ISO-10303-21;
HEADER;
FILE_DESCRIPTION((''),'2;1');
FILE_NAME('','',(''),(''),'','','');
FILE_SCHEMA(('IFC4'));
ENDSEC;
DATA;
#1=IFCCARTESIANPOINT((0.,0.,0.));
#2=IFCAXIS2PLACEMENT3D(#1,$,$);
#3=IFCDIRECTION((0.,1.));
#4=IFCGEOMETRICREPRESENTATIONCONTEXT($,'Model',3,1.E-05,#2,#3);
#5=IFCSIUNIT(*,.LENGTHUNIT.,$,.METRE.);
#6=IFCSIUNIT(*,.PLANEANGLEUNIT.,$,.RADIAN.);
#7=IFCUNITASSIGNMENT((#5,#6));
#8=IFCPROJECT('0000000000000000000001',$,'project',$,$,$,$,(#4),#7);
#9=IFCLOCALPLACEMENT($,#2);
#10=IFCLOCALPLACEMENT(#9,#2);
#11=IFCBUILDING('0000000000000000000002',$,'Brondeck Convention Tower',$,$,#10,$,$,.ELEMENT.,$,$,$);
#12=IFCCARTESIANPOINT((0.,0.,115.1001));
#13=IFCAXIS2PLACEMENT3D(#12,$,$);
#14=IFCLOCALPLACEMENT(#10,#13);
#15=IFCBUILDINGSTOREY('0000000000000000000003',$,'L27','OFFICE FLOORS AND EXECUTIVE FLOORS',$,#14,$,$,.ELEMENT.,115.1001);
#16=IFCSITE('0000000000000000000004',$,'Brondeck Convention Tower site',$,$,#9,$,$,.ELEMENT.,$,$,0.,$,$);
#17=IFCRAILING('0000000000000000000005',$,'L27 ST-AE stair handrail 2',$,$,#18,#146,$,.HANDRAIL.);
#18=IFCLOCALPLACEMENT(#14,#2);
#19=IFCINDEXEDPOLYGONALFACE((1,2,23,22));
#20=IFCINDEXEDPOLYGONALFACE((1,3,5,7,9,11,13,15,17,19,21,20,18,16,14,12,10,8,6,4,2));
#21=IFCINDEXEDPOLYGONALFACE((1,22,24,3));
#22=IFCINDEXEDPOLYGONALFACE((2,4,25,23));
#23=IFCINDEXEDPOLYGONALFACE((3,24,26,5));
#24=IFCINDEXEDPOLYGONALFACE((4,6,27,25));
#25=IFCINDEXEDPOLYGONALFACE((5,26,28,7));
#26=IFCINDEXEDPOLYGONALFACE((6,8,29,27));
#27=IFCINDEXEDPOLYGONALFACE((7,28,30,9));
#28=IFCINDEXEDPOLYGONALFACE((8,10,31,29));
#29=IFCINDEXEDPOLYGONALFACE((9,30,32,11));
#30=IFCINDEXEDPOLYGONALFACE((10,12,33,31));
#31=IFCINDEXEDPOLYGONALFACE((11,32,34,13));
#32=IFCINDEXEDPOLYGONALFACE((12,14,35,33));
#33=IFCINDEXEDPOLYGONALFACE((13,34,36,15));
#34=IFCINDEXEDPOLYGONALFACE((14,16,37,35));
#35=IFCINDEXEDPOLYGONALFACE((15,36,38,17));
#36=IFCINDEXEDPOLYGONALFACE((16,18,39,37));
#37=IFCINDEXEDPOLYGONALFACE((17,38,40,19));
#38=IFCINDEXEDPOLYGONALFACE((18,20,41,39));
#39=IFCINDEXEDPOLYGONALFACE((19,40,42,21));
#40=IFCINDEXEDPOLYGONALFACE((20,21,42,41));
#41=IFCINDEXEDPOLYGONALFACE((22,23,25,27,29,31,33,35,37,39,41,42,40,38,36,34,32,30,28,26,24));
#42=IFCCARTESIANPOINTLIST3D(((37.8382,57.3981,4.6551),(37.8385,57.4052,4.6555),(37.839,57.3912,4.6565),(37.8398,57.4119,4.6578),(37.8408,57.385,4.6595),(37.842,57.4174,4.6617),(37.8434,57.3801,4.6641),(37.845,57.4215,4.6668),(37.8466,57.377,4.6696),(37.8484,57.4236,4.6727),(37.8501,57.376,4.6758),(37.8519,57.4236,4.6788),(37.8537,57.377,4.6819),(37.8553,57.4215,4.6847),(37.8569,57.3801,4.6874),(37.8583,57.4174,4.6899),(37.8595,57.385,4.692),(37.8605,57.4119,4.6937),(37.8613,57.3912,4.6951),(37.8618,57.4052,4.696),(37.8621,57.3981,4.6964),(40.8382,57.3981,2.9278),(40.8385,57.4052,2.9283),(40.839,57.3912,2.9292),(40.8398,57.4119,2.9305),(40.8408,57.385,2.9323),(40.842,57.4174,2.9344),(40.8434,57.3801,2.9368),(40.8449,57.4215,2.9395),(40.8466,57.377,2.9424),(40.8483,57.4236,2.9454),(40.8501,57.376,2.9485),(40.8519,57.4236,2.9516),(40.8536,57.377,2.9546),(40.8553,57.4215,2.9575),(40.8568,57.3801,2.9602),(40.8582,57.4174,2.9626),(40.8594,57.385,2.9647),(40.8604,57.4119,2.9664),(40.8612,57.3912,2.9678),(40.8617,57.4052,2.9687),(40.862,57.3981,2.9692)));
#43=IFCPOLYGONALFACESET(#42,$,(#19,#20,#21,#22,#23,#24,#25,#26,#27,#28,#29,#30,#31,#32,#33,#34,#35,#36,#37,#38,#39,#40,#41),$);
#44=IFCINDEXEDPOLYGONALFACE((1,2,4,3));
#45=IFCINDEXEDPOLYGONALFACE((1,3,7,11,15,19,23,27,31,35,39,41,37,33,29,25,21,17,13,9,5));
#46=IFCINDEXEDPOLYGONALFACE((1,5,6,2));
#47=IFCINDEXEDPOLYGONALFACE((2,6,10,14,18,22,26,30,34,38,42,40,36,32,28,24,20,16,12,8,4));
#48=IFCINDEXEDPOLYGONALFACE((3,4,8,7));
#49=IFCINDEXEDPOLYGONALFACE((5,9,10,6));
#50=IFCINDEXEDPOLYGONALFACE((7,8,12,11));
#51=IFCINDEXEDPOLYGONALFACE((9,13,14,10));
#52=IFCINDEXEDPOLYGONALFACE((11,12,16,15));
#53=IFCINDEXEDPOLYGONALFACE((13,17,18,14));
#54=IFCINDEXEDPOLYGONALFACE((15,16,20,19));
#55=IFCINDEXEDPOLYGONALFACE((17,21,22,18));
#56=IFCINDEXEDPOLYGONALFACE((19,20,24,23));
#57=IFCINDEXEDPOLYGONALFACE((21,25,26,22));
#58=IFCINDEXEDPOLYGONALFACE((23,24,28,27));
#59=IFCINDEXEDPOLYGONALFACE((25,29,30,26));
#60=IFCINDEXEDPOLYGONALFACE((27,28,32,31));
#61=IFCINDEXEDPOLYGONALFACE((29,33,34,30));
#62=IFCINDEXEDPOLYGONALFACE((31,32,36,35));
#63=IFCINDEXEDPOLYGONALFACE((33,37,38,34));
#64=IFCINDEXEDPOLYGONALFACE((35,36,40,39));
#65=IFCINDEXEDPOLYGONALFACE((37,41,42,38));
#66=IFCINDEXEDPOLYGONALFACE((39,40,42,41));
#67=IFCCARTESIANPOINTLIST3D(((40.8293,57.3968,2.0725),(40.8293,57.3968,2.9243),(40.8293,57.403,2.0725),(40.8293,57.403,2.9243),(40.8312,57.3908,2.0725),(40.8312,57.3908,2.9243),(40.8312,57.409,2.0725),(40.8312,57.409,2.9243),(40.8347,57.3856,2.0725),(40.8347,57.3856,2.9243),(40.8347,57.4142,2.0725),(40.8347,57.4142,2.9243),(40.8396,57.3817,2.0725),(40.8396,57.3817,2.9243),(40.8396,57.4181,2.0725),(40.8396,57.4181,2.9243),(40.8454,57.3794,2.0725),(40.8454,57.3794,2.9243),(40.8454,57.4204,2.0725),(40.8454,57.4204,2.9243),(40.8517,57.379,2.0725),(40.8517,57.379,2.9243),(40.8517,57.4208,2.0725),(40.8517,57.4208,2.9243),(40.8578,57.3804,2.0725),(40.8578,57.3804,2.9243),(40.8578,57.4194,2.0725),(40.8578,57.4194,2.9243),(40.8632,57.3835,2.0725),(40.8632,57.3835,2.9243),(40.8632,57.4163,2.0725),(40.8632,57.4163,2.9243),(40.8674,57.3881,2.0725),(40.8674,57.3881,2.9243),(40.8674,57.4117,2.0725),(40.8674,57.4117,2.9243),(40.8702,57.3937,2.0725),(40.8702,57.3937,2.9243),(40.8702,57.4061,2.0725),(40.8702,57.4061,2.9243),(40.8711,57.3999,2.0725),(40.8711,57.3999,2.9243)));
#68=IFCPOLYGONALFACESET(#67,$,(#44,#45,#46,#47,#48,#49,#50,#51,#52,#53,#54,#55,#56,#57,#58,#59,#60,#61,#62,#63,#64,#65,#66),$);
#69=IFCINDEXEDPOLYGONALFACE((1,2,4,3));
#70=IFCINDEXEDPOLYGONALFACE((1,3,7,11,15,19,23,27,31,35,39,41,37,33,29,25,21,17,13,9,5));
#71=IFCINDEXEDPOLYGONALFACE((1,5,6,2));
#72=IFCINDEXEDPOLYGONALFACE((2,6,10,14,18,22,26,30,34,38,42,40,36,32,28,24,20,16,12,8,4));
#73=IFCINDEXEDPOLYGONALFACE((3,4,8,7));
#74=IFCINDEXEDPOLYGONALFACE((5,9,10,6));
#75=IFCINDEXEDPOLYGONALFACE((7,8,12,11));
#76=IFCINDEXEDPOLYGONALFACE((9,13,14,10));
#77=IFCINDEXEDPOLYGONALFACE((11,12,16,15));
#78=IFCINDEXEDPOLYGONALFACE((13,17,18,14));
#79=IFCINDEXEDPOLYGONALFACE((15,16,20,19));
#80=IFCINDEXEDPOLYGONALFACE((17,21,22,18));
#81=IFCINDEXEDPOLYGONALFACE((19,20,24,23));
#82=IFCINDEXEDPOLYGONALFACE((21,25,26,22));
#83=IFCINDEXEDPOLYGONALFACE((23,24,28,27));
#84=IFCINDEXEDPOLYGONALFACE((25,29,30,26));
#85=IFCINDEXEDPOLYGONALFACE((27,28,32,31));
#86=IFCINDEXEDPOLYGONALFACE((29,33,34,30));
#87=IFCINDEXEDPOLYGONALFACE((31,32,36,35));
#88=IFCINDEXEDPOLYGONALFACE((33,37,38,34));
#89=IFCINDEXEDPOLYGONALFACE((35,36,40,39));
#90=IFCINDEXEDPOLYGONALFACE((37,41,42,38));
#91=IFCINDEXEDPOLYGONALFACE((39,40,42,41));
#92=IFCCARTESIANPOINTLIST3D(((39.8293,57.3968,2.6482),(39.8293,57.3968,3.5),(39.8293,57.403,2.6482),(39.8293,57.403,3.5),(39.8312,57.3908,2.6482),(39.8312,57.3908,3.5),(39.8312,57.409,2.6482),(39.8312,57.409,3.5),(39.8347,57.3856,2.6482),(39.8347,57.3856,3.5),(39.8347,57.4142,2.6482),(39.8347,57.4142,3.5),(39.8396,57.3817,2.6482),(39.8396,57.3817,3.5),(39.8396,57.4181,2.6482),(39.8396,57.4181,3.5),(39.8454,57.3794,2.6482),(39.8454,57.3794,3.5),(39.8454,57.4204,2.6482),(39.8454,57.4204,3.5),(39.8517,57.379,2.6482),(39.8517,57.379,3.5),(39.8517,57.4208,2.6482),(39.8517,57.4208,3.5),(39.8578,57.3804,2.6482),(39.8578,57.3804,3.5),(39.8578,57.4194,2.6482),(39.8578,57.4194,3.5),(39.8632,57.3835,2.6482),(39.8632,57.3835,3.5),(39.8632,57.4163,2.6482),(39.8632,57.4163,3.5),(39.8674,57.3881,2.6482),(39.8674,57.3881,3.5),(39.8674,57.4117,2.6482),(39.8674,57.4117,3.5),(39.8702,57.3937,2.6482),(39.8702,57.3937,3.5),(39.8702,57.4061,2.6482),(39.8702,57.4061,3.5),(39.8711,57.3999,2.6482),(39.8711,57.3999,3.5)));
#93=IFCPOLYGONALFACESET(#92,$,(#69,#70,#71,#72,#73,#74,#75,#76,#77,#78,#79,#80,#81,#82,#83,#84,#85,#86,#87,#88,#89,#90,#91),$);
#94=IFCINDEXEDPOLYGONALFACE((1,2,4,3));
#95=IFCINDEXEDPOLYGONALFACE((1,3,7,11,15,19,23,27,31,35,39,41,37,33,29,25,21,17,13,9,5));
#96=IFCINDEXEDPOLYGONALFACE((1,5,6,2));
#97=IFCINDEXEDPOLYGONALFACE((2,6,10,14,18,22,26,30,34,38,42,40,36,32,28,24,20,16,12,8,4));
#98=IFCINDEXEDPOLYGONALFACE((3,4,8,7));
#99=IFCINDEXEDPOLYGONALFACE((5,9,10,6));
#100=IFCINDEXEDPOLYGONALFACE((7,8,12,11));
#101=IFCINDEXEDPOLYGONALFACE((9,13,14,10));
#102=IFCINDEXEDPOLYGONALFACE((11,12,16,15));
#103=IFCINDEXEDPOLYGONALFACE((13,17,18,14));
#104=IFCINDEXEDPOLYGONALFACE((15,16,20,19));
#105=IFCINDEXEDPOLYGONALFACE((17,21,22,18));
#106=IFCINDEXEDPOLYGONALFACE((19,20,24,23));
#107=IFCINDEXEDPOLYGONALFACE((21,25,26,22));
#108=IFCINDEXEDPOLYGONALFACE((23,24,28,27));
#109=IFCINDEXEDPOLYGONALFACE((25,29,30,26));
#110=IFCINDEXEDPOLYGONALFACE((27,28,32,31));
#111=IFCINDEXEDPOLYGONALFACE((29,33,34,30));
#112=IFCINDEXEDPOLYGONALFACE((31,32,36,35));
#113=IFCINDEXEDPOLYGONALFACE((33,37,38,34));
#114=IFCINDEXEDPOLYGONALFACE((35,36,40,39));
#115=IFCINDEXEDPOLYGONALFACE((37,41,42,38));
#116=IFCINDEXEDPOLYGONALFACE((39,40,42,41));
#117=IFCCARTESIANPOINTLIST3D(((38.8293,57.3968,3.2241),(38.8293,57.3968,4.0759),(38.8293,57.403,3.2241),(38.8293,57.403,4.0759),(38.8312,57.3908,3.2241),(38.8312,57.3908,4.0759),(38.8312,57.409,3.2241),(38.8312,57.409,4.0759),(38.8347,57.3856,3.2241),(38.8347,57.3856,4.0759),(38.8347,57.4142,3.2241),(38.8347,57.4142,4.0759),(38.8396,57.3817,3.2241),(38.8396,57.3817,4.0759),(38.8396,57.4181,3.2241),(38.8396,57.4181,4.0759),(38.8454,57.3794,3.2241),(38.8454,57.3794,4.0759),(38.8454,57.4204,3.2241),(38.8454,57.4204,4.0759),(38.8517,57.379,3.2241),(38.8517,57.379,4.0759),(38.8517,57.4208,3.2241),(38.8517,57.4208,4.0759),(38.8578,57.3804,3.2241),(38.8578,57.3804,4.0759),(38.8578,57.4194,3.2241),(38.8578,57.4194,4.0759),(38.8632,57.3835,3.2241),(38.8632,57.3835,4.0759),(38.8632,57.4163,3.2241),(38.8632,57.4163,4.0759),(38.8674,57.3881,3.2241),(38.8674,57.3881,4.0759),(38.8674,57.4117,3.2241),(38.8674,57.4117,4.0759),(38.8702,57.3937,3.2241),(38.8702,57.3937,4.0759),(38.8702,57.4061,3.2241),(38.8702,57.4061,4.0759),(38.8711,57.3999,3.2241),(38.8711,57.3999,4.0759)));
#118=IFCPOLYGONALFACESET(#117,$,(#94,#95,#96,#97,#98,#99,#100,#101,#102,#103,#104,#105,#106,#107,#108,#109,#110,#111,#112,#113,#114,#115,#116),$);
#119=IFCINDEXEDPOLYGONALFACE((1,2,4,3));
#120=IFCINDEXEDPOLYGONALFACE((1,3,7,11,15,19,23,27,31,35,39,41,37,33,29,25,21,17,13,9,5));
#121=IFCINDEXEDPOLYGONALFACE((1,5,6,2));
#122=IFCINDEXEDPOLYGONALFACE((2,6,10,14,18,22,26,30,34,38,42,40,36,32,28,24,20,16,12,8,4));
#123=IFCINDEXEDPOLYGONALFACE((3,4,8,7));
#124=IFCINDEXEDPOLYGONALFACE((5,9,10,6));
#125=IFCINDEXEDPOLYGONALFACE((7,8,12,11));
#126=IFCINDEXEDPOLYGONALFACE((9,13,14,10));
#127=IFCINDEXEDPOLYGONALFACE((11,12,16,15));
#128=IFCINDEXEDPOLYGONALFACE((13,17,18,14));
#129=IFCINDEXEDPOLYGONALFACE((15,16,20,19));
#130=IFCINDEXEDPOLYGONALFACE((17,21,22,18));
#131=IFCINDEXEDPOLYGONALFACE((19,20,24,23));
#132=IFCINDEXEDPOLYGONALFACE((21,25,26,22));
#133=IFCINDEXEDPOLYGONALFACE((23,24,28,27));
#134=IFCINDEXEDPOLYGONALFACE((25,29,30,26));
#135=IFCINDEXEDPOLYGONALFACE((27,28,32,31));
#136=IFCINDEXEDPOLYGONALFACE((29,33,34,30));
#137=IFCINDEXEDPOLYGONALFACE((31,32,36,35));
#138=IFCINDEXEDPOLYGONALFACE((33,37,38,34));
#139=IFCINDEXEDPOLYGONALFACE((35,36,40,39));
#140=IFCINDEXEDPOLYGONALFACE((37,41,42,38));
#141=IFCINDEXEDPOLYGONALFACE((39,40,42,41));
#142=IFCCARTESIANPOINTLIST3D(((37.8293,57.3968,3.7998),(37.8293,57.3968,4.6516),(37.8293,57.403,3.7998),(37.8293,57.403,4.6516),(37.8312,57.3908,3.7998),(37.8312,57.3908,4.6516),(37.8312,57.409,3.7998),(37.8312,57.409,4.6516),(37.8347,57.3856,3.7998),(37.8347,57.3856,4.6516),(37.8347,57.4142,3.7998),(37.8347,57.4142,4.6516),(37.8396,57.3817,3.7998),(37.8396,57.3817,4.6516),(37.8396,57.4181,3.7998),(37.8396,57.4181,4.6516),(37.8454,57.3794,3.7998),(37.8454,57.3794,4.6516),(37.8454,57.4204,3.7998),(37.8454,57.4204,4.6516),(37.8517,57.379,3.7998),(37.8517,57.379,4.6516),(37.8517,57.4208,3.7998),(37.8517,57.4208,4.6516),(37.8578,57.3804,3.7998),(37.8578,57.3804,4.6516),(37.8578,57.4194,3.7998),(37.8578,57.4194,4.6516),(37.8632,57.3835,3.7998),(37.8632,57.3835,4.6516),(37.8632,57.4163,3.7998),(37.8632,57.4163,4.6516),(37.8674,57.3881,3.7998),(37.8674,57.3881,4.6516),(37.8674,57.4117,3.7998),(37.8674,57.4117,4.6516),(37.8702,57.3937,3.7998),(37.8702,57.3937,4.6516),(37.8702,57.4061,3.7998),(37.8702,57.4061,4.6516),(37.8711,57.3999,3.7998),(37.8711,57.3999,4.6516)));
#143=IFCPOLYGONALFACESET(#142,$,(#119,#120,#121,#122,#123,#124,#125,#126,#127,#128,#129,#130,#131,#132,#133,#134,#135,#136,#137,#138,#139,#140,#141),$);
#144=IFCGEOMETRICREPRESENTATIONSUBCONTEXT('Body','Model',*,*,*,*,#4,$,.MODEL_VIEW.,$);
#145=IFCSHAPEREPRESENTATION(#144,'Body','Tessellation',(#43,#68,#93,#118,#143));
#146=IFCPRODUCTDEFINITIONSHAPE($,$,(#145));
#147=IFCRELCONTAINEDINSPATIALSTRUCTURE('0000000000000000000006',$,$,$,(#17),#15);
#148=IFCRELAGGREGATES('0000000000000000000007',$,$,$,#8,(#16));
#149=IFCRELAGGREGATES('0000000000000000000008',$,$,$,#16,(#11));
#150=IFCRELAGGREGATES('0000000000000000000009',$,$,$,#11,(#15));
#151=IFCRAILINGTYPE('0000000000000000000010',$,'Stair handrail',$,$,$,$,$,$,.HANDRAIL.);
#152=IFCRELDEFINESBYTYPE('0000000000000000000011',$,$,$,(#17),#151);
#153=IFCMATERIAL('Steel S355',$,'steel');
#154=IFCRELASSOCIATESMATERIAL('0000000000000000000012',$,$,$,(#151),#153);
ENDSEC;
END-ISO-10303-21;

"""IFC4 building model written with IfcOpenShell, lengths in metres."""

from ifc_helpers import new_model, si_unit, direction, frame, origin, origin_2d, place, context, subcontext, project, spatial, circle, extrude, material, type_object, element, save


model = new_model("IFC4")

# Units and contexts
model_context = context("Model", 3, precision=1e-05, world=origin(), true_north=direction((0.0, 1.0)))
body_context = subcontext(model_context, "Body", "Model", "MODEL_VIEW")
ifc_project = project(units=[si_unit("LENGTHUNIT", "METRE"), si_unit("PLANEANGLEUNIT", "RADIAN")], contexts=[model_context])

# Site, building, storey
site_placement = place(None, origin())
site = spatial("IfcSite", under=ifc_project, at=site_placement, Name="Brondeck Convention Tower site", CompositionType="ELEMENT", RefElevation=0.0)
building_placement = place(site_placement, origin())
building = spatial("IfcBuilding", under=site, at=building_placement, Name="Brondeck Convention Tower", CompositionType="ELEMENT")
storey_placement = place(building_placement, frame((0.0, 0.0, 115.1001)))
storey = spatial("IfcBuildingStorey", under=building, at=storey_placement, Name="L27", Description="OFFICE FLOORS AND EXECUTIVE FLOORS", CompositionType="ELEMENT", Elevation=115.1001)

# Shared definitions
ifc_material_1 = material(Name="Steel S355", Category="steel")

# Railing
railing_type_1 = type_object("IfcRailingType", Name="Stair handrail", PredefinedType="HANDRAIL", material=ifc_material_1)
railing_1_placement = place(storey_placement, frame((40.8501, 57.3999, 2.0725)))
element("IfcRailing", 1, at=railing_1_placement, inside=storey, type_object=railing_type_1, Name="L27 ST-AE stair handrail 2", PredefinedType="HANDRAIL", context=body_context, shape_type="SweptSolid", body=[
    extrude(circle(Radius=0.0239, at=origin_2d()), frame((0.0, 0.0, 0.876), z_axis=(-0.86662, 0.0, 0.498969), x_axis=(0.0, -1.0, 0.0)), (0.0, 0.0, 1.0), 3.4617),
    extrude(circle(Radius=0.021, at=origin_2d()), origin(), (0.0, 0.0, 1.0), 0.8518),
    extrude(circle(Radius=0.021, at=origin_2d()), frame((-1.0, 0.0, 0.5757)), (0.0, 0.0, 1.0), 0.8518),
    extrude(circle(Radius=0.021, at=origin_2d()), frame((-2.0, 0.0, 1.1516)), (0.0, 0.0, 1.0), 0.8518),
    extrude(circle(Radius=0.021, at=origin_2d()), frame((-3.0, 0.0, 1.7273)), (0.0, 0.0, 1.0), 0.8518),
])

save(model, "model.ifc")
